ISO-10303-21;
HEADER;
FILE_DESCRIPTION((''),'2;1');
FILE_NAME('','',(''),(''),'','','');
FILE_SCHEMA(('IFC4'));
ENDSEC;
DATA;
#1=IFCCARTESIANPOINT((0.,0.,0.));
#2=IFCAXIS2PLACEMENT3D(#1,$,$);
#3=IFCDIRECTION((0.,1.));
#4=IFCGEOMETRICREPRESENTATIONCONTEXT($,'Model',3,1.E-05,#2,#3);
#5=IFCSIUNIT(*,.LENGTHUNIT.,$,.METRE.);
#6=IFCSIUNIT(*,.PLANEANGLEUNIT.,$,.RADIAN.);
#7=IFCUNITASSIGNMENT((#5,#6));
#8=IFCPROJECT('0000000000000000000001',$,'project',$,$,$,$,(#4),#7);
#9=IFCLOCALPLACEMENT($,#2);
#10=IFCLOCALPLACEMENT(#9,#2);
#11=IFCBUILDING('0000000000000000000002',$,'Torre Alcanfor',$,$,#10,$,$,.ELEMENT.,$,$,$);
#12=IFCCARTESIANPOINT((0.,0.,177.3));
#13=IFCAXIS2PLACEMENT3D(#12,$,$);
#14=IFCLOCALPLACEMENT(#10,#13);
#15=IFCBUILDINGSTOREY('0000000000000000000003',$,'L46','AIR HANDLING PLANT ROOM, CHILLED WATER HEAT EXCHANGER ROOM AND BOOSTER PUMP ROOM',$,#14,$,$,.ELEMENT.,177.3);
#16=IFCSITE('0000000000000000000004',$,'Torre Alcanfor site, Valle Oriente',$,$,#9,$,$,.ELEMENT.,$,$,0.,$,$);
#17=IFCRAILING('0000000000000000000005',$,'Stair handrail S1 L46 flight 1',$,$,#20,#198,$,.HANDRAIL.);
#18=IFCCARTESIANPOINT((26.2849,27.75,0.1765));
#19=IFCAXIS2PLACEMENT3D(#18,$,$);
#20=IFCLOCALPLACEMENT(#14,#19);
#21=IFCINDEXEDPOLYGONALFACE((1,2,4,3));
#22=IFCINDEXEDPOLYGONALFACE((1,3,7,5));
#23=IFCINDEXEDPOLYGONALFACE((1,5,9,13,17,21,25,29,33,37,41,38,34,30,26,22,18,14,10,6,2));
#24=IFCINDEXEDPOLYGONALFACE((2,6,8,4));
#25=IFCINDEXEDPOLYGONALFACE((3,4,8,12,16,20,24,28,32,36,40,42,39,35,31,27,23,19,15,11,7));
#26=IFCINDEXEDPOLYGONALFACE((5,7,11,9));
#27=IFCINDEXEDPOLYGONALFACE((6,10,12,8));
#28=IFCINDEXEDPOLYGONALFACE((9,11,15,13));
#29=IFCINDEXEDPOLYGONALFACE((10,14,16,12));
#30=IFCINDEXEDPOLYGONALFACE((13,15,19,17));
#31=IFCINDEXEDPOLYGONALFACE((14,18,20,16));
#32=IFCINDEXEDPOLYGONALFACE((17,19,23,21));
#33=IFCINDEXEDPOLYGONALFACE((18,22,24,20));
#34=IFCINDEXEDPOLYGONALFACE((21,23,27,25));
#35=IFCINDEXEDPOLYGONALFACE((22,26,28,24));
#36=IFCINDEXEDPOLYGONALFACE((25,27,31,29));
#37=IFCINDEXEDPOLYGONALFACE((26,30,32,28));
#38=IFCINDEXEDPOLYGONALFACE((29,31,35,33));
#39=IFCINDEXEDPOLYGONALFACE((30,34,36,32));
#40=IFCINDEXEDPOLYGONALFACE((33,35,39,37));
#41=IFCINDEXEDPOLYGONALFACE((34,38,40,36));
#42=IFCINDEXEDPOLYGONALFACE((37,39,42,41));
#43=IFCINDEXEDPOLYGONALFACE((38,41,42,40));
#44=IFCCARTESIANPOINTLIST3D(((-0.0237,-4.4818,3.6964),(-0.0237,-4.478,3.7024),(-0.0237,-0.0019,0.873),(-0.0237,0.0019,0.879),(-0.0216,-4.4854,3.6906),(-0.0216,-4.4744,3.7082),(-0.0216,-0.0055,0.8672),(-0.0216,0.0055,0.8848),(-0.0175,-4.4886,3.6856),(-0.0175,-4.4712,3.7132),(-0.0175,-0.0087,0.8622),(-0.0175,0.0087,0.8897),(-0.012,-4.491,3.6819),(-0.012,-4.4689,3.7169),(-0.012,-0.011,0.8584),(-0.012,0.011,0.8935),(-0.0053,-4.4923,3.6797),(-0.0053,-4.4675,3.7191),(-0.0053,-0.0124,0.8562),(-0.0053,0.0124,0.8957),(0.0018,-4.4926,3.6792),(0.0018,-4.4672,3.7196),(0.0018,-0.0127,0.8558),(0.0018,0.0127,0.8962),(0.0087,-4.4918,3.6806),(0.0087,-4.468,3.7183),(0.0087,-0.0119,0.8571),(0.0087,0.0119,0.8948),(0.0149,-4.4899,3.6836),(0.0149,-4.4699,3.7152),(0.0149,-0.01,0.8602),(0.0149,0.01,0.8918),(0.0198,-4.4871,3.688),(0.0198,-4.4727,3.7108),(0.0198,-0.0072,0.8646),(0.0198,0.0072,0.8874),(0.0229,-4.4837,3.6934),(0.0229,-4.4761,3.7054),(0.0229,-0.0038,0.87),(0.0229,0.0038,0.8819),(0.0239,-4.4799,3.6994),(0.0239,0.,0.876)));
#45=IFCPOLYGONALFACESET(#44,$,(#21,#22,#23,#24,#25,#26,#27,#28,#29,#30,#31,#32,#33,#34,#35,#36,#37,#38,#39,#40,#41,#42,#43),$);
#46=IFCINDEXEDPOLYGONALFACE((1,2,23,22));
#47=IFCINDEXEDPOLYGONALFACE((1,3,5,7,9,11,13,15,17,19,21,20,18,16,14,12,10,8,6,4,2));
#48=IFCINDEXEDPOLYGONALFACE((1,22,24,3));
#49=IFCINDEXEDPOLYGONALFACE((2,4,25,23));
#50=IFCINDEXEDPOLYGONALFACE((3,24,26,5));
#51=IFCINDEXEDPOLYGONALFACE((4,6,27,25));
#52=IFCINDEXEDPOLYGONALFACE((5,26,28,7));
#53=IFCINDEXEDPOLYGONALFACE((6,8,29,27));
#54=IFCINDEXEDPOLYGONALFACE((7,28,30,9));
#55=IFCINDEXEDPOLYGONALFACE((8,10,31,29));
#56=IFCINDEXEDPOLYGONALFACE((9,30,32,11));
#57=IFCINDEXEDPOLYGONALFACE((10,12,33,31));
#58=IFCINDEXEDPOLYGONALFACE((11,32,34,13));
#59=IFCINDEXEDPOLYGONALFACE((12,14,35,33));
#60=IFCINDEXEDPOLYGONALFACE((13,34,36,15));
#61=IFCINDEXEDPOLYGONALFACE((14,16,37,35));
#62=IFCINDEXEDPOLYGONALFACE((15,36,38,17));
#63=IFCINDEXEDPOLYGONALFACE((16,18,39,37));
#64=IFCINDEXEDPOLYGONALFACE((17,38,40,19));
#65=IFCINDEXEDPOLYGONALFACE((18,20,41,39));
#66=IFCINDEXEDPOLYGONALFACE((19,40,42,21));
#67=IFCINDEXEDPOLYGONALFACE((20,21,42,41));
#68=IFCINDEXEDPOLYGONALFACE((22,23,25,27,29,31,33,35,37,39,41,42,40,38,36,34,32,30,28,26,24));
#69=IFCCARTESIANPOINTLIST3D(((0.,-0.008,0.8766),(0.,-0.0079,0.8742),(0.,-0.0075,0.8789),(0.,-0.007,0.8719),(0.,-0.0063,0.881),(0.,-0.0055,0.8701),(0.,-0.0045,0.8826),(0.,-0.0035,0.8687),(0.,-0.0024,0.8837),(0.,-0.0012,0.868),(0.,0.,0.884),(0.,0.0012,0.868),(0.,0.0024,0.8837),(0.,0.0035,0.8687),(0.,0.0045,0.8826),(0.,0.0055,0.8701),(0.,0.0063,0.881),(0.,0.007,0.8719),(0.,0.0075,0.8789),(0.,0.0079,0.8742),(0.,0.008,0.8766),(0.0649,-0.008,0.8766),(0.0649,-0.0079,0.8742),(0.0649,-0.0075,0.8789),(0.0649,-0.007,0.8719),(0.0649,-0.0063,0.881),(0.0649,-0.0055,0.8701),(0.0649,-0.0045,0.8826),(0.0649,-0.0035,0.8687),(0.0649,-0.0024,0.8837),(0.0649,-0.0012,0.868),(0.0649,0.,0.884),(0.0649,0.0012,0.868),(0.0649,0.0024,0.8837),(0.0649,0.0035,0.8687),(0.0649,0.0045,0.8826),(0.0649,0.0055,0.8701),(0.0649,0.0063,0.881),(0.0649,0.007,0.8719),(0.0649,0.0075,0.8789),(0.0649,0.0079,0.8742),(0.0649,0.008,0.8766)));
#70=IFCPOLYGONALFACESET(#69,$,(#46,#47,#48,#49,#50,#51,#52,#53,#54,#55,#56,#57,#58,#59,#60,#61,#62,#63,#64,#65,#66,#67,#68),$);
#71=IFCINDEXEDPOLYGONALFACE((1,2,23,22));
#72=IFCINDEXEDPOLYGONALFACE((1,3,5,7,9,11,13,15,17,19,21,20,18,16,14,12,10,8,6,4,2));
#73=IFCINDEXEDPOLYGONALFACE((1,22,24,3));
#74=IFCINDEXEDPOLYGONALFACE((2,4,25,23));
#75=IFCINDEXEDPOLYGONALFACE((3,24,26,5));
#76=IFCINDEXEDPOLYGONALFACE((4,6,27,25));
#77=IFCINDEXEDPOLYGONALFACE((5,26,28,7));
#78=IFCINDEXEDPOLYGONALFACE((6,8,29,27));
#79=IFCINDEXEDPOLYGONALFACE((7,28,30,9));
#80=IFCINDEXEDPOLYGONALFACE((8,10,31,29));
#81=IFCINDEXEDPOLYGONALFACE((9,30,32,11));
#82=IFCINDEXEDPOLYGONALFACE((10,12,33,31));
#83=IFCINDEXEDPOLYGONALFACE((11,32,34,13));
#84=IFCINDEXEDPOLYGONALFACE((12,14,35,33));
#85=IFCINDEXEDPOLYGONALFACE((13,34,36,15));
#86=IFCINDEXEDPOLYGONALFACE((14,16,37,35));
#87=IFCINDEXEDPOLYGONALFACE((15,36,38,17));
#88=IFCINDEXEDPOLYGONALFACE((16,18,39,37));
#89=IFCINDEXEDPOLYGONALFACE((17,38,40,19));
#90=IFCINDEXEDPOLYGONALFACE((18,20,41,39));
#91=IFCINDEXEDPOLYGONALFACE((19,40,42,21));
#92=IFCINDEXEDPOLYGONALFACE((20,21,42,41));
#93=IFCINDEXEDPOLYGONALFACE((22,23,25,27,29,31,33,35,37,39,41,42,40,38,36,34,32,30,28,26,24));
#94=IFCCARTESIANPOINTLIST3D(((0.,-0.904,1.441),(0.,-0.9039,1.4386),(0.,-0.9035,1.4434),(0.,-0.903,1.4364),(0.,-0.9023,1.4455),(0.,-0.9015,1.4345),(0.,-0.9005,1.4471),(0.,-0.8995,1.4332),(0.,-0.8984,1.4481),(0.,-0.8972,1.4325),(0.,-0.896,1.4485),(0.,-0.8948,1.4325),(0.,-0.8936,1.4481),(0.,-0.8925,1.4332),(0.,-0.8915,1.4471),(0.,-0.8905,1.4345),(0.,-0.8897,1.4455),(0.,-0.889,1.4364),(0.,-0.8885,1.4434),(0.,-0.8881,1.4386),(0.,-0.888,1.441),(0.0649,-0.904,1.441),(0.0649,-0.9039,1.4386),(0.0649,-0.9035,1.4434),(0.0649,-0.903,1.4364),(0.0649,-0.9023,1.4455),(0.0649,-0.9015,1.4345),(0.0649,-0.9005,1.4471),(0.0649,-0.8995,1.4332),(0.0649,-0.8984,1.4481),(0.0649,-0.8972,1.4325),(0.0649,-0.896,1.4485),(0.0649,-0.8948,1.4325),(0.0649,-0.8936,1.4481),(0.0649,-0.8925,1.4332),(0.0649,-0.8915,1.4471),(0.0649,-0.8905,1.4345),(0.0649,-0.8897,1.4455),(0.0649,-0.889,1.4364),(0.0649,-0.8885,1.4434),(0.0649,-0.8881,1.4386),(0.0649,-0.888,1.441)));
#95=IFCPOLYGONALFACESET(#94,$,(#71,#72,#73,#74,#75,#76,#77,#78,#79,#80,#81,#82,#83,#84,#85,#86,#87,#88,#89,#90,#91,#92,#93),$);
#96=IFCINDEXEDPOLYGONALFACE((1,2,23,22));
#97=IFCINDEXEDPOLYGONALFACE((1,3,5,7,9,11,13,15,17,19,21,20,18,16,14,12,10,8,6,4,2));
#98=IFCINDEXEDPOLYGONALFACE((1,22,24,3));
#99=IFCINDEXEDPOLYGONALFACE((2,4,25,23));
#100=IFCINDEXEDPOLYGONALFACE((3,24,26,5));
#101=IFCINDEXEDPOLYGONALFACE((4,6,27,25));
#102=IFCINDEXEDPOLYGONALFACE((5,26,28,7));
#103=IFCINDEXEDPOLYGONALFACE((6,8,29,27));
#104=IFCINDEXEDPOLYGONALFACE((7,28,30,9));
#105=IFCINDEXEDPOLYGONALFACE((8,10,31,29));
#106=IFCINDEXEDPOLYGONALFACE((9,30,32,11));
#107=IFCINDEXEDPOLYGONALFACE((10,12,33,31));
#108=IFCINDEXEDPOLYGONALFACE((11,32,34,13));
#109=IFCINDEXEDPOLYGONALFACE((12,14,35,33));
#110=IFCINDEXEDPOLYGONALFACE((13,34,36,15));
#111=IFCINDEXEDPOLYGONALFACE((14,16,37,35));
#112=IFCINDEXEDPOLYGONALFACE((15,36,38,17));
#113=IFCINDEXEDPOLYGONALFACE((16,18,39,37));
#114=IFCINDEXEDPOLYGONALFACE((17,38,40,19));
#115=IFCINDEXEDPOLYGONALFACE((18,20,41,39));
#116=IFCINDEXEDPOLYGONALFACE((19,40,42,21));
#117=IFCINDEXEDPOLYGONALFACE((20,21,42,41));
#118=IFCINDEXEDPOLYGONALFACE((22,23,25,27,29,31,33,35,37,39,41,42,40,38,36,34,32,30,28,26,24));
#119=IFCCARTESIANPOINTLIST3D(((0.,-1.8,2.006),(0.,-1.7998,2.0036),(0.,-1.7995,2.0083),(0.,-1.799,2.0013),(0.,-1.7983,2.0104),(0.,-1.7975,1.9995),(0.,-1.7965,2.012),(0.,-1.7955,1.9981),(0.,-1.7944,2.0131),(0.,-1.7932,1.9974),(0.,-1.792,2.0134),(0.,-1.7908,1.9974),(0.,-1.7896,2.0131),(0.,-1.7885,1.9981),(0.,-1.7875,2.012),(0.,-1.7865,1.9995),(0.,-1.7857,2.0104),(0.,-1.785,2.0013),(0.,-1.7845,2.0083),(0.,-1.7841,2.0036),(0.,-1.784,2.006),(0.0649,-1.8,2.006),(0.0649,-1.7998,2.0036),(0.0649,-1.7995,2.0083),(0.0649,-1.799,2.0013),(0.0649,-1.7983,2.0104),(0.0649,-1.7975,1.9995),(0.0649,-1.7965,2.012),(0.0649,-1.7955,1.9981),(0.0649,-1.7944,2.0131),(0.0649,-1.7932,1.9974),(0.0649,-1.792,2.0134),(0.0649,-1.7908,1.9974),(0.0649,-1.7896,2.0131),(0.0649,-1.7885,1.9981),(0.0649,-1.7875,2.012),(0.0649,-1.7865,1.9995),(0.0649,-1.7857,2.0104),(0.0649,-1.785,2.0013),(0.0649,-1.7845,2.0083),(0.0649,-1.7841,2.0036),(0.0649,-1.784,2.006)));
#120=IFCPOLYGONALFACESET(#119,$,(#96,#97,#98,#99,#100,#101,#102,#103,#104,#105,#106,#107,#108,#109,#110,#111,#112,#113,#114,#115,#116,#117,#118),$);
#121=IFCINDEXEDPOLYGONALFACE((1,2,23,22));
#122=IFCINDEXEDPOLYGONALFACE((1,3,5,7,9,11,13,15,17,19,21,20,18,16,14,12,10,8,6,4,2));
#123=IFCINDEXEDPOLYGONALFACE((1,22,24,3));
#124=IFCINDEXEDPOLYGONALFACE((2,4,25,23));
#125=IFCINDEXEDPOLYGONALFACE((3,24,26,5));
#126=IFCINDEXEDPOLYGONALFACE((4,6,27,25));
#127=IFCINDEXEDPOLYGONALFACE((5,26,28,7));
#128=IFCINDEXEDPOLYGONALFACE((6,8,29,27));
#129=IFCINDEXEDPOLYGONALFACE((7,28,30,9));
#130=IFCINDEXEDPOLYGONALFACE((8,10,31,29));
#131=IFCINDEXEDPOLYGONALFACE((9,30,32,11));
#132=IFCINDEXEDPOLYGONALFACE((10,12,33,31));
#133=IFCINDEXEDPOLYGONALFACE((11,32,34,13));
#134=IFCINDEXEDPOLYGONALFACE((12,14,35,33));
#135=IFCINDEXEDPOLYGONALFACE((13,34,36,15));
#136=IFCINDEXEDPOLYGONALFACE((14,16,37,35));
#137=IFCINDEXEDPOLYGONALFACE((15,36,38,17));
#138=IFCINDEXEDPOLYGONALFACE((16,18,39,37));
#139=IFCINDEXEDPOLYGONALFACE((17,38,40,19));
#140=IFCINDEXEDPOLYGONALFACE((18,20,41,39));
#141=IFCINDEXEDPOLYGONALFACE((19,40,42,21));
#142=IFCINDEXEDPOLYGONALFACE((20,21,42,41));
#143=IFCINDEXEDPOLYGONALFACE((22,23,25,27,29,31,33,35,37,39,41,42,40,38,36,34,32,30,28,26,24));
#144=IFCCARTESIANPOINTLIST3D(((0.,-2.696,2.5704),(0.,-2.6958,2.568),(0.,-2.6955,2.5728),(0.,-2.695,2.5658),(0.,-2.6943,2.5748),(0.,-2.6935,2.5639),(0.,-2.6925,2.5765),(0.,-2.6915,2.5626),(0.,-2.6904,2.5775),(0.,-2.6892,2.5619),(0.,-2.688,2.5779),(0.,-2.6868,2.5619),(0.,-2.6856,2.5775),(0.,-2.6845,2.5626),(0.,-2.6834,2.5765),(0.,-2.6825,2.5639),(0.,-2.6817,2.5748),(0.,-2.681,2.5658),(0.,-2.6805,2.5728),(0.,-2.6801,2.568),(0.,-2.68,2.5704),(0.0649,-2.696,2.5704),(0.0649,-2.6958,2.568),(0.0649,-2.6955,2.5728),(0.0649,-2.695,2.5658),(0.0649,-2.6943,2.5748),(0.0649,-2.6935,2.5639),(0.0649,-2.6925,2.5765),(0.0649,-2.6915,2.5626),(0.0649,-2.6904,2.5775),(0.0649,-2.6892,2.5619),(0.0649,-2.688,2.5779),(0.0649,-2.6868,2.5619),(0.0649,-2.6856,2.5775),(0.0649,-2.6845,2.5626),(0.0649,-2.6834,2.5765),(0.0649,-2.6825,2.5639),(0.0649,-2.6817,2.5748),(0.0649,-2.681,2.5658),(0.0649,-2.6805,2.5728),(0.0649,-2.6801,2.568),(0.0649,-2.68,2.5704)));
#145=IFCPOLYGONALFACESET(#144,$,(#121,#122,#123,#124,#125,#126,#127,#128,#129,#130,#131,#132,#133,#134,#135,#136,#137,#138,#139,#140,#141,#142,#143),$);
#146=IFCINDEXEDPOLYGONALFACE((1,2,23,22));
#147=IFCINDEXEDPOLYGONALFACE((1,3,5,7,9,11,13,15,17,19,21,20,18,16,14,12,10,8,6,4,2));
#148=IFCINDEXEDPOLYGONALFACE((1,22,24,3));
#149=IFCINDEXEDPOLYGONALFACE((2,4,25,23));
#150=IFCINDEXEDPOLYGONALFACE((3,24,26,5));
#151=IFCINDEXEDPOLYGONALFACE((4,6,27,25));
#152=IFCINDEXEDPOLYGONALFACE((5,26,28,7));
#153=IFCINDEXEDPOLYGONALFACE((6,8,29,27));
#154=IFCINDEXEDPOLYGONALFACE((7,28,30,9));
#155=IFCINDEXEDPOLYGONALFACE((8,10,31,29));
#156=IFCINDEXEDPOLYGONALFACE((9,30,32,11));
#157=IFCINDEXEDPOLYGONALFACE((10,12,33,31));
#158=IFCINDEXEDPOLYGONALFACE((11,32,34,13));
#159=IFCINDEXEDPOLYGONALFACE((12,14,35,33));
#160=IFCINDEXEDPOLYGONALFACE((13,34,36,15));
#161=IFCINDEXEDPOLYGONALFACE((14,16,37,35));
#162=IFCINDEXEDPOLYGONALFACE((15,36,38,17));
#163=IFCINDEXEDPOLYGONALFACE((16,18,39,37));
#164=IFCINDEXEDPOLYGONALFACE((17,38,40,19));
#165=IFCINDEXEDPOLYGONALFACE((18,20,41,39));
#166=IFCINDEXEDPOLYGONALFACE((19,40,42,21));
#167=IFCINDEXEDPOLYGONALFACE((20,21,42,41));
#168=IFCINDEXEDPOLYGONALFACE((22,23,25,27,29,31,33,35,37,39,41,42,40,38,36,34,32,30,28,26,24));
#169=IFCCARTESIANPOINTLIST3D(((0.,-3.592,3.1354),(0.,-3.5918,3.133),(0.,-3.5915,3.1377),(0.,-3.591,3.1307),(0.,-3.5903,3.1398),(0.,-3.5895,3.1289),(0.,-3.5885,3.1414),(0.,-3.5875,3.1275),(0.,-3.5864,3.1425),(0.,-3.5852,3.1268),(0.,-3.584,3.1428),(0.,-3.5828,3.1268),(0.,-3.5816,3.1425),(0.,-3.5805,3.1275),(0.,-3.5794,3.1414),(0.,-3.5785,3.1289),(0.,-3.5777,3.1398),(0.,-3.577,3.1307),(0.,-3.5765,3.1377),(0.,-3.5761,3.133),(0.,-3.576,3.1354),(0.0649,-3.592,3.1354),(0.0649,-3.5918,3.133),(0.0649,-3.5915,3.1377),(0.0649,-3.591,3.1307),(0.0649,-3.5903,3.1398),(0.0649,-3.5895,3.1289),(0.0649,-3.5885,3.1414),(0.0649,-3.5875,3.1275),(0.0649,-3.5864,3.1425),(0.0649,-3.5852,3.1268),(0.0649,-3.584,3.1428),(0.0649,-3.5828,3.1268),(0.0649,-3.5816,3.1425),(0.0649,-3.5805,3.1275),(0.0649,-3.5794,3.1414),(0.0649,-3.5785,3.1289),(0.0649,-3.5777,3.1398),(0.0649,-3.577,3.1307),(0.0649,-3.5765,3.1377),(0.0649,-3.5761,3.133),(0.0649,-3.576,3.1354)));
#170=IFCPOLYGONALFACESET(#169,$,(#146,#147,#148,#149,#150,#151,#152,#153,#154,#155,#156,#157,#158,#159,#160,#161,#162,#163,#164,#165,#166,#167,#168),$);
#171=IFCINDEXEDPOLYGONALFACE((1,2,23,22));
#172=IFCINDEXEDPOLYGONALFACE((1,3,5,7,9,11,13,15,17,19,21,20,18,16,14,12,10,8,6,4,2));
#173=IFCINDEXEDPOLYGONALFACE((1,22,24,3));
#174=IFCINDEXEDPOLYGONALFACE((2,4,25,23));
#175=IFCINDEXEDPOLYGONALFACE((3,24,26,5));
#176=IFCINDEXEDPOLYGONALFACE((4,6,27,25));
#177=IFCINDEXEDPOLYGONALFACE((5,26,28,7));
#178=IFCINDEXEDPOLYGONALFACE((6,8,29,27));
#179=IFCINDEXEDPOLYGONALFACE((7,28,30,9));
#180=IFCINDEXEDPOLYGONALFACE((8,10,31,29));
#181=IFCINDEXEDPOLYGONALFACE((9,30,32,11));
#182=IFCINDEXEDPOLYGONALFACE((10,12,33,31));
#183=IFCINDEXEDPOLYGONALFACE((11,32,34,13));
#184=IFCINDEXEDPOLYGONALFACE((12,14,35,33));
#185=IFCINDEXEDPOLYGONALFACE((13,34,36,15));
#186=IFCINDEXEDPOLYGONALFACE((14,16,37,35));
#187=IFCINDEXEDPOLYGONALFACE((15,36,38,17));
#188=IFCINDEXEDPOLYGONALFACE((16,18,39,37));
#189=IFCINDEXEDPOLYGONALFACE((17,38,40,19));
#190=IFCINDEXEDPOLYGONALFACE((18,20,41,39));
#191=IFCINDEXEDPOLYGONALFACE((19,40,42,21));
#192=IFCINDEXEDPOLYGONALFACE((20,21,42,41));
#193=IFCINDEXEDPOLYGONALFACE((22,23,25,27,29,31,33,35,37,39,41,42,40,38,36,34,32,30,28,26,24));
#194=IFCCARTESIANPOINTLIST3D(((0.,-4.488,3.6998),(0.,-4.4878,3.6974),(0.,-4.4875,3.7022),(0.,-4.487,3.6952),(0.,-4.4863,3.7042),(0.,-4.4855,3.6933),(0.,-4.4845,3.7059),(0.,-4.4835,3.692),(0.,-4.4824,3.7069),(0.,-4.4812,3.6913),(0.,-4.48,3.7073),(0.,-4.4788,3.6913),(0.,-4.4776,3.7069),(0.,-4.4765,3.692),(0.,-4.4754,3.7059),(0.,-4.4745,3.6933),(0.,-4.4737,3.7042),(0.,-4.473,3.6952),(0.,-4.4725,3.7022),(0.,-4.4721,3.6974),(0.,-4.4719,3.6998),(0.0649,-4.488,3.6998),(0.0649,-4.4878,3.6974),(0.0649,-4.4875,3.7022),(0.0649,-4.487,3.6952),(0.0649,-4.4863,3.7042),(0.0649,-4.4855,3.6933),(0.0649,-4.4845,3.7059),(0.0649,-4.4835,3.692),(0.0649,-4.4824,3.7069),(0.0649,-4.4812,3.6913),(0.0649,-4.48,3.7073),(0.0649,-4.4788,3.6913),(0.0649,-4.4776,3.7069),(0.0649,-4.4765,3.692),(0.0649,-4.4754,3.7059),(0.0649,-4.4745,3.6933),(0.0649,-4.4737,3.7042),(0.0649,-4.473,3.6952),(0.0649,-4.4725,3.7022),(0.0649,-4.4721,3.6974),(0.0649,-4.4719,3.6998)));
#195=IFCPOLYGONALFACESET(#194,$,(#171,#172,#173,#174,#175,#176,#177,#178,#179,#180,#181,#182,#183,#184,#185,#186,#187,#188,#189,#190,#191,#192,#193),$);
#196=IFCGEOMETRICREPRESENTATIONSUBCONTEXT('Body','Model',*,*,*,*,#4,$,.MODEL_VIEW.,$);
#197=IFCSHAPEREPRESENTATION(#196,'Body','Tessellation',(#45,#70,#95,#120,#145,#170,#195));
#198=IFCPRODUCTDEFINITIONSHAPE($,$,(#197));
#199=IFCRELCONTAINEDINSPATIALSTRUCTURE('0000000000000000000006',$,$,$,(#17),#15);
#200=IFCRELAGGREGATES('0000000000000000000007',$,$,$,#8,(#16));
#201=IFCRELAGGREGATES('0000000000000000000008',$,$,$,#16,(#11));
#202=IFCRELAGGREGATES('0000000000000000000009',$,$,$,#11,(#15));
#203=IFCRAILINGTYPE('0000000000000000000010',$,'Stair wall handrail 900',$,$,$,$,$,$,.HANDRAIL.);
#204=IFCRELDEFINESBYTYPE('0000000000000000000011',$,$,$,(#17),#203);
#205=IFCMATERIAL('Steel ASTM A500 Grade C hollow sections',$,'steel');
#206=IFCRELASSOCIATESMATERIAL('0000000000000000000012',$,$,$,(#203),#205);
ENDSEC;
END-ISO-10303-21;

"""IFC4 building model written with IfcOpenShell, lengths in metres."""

from ifc_helpers import new_model, si_unit, direction, frame, origin, origin_2d, place, context, subcontext, project, spatial, circle, extrude, material, type_object, element, save


model = new_model("IFC4")

# Units and contexts
model_context = context("Model", 3, precision=1e-05, world=origin(), true_north=direction((0.0, 1.0)))
body_context = subcontext(model_context, "Body", "Model", "MODEL_VIEW")
ifc_project = project(units=[si_unit("LENGTHUNIT", "METRE"), si_unit("PLANEANGLEUNIT", "RADIAN")], contexts=[model_context])

# Site, building, storey
site_placement = place(None, origin())
site = spatial("IfcSite", under=ifc_project, at=site_placement, Name="Torre Alcanfor site, Valle Oriente", CompositionType="ELEMENT", RefElevation=0.0)
building_placement = place(site_placement, origin())
building = spatial("IfcBuilding", under=site, at=building_placement, Name="Torre Alcanfor", CompositionType="ELEMENT")
storey_placement = place(building_placement, frame((0.0, 0.0, 177.3)))
storey = spatial("IfcBuildingStorey", under=building, at=storey_placement, Name="L46", Description="AIR HANDLING PLANT ROOM, CHILLED WATER HEAT EXCHANGER ROOM AND BOOSTER PUMP ROOM", CompositionType="ELEMENT", Elevation=177.3)

# Railing
ifc_material_1 = material(Name="Steel ASTM A500 Grade C hollow sections", Category="steel")
railing_type = type_object("IfcRailingType", Name="Stair wall handrail 900", PredefinedType="HANDRAIL", material=ifc_material_1)
railing_placement = place(storey_placement, frame((26.2849, 27.75, 0.1765)))
element("IfcRailing", 1, at=railing_placement, inside=storey, type_object=railing_type, Name="Stair handrail S1 L46 flight 1", PredefinedType="HANDRAIL", context=body_context, shape_type="SweptSolid", body=[
    extrude(circle(Radius=0.0239, at=origin_2d()), frame((0.0, 0.0, 0.876), z_axis=(0.0, -0.845998, 0.533186), x_axis=(1.0, 0.0, 0.0)), (0.0, 0.0, 1.0), 5.2954),
    extrude(circle(Radius=0.0081, at=origin_2d()), frame((0.0, 0.0, 0.876), z_axis=(1.0, 0.0, 0.0), x_axis=(0.0, 0.0, 1.0)), (0.0, 0.0, 1.0), 0.0649),
    extrude(circle(Radius=0.0081, at=origin_2d()), frame((0.0, -0.896, 1.4404), z_axis=(1.0, 0.0, 0.0), x_axis=(0.0, 0.0, 1.0)), (0.0, 0.0, 1.0), 0.0649),
    extrude(circle(Radius=0.0081, at=origin_2d()), frame((0.0, -1.792, 2.0054), z_axis=(1.0, 0.0, 0.0), x_axis=(0.0, 0.0, 1.0)), (0.0, 0.0, 1.0), 0.0649),
    extrude(circle(Radius=0.0081, at=origin_2d()), frame((0.0, -2.688, 2.5698), z_axis=(1.0, 0.0, 0.0), x_axis=(0.0, 0.0, 1.0)), (0.0, 0.0, 1.0), 0.0649),
    extrude(circle(Radius=0.0081, at=origin_2d()), frame((0.0, -3.584, 3.1348), z_axis=(1.0, 0.0, 0.0), x_axis=(0.0, 0.0, 1.0)), (0.0, 0.0, 1.0), 0.0649),
    extrude(circle(Radius=0.0081, at=origin_2d()), frame((0.0, -4.48, 3.6992), z_axis=(1.0, 0.0, 0.0), x_axis=(0.0, 0.0, 1.0)), (0.0, 0.0, 1.0), 0.0649),
])

save(model, "model.ifc")
